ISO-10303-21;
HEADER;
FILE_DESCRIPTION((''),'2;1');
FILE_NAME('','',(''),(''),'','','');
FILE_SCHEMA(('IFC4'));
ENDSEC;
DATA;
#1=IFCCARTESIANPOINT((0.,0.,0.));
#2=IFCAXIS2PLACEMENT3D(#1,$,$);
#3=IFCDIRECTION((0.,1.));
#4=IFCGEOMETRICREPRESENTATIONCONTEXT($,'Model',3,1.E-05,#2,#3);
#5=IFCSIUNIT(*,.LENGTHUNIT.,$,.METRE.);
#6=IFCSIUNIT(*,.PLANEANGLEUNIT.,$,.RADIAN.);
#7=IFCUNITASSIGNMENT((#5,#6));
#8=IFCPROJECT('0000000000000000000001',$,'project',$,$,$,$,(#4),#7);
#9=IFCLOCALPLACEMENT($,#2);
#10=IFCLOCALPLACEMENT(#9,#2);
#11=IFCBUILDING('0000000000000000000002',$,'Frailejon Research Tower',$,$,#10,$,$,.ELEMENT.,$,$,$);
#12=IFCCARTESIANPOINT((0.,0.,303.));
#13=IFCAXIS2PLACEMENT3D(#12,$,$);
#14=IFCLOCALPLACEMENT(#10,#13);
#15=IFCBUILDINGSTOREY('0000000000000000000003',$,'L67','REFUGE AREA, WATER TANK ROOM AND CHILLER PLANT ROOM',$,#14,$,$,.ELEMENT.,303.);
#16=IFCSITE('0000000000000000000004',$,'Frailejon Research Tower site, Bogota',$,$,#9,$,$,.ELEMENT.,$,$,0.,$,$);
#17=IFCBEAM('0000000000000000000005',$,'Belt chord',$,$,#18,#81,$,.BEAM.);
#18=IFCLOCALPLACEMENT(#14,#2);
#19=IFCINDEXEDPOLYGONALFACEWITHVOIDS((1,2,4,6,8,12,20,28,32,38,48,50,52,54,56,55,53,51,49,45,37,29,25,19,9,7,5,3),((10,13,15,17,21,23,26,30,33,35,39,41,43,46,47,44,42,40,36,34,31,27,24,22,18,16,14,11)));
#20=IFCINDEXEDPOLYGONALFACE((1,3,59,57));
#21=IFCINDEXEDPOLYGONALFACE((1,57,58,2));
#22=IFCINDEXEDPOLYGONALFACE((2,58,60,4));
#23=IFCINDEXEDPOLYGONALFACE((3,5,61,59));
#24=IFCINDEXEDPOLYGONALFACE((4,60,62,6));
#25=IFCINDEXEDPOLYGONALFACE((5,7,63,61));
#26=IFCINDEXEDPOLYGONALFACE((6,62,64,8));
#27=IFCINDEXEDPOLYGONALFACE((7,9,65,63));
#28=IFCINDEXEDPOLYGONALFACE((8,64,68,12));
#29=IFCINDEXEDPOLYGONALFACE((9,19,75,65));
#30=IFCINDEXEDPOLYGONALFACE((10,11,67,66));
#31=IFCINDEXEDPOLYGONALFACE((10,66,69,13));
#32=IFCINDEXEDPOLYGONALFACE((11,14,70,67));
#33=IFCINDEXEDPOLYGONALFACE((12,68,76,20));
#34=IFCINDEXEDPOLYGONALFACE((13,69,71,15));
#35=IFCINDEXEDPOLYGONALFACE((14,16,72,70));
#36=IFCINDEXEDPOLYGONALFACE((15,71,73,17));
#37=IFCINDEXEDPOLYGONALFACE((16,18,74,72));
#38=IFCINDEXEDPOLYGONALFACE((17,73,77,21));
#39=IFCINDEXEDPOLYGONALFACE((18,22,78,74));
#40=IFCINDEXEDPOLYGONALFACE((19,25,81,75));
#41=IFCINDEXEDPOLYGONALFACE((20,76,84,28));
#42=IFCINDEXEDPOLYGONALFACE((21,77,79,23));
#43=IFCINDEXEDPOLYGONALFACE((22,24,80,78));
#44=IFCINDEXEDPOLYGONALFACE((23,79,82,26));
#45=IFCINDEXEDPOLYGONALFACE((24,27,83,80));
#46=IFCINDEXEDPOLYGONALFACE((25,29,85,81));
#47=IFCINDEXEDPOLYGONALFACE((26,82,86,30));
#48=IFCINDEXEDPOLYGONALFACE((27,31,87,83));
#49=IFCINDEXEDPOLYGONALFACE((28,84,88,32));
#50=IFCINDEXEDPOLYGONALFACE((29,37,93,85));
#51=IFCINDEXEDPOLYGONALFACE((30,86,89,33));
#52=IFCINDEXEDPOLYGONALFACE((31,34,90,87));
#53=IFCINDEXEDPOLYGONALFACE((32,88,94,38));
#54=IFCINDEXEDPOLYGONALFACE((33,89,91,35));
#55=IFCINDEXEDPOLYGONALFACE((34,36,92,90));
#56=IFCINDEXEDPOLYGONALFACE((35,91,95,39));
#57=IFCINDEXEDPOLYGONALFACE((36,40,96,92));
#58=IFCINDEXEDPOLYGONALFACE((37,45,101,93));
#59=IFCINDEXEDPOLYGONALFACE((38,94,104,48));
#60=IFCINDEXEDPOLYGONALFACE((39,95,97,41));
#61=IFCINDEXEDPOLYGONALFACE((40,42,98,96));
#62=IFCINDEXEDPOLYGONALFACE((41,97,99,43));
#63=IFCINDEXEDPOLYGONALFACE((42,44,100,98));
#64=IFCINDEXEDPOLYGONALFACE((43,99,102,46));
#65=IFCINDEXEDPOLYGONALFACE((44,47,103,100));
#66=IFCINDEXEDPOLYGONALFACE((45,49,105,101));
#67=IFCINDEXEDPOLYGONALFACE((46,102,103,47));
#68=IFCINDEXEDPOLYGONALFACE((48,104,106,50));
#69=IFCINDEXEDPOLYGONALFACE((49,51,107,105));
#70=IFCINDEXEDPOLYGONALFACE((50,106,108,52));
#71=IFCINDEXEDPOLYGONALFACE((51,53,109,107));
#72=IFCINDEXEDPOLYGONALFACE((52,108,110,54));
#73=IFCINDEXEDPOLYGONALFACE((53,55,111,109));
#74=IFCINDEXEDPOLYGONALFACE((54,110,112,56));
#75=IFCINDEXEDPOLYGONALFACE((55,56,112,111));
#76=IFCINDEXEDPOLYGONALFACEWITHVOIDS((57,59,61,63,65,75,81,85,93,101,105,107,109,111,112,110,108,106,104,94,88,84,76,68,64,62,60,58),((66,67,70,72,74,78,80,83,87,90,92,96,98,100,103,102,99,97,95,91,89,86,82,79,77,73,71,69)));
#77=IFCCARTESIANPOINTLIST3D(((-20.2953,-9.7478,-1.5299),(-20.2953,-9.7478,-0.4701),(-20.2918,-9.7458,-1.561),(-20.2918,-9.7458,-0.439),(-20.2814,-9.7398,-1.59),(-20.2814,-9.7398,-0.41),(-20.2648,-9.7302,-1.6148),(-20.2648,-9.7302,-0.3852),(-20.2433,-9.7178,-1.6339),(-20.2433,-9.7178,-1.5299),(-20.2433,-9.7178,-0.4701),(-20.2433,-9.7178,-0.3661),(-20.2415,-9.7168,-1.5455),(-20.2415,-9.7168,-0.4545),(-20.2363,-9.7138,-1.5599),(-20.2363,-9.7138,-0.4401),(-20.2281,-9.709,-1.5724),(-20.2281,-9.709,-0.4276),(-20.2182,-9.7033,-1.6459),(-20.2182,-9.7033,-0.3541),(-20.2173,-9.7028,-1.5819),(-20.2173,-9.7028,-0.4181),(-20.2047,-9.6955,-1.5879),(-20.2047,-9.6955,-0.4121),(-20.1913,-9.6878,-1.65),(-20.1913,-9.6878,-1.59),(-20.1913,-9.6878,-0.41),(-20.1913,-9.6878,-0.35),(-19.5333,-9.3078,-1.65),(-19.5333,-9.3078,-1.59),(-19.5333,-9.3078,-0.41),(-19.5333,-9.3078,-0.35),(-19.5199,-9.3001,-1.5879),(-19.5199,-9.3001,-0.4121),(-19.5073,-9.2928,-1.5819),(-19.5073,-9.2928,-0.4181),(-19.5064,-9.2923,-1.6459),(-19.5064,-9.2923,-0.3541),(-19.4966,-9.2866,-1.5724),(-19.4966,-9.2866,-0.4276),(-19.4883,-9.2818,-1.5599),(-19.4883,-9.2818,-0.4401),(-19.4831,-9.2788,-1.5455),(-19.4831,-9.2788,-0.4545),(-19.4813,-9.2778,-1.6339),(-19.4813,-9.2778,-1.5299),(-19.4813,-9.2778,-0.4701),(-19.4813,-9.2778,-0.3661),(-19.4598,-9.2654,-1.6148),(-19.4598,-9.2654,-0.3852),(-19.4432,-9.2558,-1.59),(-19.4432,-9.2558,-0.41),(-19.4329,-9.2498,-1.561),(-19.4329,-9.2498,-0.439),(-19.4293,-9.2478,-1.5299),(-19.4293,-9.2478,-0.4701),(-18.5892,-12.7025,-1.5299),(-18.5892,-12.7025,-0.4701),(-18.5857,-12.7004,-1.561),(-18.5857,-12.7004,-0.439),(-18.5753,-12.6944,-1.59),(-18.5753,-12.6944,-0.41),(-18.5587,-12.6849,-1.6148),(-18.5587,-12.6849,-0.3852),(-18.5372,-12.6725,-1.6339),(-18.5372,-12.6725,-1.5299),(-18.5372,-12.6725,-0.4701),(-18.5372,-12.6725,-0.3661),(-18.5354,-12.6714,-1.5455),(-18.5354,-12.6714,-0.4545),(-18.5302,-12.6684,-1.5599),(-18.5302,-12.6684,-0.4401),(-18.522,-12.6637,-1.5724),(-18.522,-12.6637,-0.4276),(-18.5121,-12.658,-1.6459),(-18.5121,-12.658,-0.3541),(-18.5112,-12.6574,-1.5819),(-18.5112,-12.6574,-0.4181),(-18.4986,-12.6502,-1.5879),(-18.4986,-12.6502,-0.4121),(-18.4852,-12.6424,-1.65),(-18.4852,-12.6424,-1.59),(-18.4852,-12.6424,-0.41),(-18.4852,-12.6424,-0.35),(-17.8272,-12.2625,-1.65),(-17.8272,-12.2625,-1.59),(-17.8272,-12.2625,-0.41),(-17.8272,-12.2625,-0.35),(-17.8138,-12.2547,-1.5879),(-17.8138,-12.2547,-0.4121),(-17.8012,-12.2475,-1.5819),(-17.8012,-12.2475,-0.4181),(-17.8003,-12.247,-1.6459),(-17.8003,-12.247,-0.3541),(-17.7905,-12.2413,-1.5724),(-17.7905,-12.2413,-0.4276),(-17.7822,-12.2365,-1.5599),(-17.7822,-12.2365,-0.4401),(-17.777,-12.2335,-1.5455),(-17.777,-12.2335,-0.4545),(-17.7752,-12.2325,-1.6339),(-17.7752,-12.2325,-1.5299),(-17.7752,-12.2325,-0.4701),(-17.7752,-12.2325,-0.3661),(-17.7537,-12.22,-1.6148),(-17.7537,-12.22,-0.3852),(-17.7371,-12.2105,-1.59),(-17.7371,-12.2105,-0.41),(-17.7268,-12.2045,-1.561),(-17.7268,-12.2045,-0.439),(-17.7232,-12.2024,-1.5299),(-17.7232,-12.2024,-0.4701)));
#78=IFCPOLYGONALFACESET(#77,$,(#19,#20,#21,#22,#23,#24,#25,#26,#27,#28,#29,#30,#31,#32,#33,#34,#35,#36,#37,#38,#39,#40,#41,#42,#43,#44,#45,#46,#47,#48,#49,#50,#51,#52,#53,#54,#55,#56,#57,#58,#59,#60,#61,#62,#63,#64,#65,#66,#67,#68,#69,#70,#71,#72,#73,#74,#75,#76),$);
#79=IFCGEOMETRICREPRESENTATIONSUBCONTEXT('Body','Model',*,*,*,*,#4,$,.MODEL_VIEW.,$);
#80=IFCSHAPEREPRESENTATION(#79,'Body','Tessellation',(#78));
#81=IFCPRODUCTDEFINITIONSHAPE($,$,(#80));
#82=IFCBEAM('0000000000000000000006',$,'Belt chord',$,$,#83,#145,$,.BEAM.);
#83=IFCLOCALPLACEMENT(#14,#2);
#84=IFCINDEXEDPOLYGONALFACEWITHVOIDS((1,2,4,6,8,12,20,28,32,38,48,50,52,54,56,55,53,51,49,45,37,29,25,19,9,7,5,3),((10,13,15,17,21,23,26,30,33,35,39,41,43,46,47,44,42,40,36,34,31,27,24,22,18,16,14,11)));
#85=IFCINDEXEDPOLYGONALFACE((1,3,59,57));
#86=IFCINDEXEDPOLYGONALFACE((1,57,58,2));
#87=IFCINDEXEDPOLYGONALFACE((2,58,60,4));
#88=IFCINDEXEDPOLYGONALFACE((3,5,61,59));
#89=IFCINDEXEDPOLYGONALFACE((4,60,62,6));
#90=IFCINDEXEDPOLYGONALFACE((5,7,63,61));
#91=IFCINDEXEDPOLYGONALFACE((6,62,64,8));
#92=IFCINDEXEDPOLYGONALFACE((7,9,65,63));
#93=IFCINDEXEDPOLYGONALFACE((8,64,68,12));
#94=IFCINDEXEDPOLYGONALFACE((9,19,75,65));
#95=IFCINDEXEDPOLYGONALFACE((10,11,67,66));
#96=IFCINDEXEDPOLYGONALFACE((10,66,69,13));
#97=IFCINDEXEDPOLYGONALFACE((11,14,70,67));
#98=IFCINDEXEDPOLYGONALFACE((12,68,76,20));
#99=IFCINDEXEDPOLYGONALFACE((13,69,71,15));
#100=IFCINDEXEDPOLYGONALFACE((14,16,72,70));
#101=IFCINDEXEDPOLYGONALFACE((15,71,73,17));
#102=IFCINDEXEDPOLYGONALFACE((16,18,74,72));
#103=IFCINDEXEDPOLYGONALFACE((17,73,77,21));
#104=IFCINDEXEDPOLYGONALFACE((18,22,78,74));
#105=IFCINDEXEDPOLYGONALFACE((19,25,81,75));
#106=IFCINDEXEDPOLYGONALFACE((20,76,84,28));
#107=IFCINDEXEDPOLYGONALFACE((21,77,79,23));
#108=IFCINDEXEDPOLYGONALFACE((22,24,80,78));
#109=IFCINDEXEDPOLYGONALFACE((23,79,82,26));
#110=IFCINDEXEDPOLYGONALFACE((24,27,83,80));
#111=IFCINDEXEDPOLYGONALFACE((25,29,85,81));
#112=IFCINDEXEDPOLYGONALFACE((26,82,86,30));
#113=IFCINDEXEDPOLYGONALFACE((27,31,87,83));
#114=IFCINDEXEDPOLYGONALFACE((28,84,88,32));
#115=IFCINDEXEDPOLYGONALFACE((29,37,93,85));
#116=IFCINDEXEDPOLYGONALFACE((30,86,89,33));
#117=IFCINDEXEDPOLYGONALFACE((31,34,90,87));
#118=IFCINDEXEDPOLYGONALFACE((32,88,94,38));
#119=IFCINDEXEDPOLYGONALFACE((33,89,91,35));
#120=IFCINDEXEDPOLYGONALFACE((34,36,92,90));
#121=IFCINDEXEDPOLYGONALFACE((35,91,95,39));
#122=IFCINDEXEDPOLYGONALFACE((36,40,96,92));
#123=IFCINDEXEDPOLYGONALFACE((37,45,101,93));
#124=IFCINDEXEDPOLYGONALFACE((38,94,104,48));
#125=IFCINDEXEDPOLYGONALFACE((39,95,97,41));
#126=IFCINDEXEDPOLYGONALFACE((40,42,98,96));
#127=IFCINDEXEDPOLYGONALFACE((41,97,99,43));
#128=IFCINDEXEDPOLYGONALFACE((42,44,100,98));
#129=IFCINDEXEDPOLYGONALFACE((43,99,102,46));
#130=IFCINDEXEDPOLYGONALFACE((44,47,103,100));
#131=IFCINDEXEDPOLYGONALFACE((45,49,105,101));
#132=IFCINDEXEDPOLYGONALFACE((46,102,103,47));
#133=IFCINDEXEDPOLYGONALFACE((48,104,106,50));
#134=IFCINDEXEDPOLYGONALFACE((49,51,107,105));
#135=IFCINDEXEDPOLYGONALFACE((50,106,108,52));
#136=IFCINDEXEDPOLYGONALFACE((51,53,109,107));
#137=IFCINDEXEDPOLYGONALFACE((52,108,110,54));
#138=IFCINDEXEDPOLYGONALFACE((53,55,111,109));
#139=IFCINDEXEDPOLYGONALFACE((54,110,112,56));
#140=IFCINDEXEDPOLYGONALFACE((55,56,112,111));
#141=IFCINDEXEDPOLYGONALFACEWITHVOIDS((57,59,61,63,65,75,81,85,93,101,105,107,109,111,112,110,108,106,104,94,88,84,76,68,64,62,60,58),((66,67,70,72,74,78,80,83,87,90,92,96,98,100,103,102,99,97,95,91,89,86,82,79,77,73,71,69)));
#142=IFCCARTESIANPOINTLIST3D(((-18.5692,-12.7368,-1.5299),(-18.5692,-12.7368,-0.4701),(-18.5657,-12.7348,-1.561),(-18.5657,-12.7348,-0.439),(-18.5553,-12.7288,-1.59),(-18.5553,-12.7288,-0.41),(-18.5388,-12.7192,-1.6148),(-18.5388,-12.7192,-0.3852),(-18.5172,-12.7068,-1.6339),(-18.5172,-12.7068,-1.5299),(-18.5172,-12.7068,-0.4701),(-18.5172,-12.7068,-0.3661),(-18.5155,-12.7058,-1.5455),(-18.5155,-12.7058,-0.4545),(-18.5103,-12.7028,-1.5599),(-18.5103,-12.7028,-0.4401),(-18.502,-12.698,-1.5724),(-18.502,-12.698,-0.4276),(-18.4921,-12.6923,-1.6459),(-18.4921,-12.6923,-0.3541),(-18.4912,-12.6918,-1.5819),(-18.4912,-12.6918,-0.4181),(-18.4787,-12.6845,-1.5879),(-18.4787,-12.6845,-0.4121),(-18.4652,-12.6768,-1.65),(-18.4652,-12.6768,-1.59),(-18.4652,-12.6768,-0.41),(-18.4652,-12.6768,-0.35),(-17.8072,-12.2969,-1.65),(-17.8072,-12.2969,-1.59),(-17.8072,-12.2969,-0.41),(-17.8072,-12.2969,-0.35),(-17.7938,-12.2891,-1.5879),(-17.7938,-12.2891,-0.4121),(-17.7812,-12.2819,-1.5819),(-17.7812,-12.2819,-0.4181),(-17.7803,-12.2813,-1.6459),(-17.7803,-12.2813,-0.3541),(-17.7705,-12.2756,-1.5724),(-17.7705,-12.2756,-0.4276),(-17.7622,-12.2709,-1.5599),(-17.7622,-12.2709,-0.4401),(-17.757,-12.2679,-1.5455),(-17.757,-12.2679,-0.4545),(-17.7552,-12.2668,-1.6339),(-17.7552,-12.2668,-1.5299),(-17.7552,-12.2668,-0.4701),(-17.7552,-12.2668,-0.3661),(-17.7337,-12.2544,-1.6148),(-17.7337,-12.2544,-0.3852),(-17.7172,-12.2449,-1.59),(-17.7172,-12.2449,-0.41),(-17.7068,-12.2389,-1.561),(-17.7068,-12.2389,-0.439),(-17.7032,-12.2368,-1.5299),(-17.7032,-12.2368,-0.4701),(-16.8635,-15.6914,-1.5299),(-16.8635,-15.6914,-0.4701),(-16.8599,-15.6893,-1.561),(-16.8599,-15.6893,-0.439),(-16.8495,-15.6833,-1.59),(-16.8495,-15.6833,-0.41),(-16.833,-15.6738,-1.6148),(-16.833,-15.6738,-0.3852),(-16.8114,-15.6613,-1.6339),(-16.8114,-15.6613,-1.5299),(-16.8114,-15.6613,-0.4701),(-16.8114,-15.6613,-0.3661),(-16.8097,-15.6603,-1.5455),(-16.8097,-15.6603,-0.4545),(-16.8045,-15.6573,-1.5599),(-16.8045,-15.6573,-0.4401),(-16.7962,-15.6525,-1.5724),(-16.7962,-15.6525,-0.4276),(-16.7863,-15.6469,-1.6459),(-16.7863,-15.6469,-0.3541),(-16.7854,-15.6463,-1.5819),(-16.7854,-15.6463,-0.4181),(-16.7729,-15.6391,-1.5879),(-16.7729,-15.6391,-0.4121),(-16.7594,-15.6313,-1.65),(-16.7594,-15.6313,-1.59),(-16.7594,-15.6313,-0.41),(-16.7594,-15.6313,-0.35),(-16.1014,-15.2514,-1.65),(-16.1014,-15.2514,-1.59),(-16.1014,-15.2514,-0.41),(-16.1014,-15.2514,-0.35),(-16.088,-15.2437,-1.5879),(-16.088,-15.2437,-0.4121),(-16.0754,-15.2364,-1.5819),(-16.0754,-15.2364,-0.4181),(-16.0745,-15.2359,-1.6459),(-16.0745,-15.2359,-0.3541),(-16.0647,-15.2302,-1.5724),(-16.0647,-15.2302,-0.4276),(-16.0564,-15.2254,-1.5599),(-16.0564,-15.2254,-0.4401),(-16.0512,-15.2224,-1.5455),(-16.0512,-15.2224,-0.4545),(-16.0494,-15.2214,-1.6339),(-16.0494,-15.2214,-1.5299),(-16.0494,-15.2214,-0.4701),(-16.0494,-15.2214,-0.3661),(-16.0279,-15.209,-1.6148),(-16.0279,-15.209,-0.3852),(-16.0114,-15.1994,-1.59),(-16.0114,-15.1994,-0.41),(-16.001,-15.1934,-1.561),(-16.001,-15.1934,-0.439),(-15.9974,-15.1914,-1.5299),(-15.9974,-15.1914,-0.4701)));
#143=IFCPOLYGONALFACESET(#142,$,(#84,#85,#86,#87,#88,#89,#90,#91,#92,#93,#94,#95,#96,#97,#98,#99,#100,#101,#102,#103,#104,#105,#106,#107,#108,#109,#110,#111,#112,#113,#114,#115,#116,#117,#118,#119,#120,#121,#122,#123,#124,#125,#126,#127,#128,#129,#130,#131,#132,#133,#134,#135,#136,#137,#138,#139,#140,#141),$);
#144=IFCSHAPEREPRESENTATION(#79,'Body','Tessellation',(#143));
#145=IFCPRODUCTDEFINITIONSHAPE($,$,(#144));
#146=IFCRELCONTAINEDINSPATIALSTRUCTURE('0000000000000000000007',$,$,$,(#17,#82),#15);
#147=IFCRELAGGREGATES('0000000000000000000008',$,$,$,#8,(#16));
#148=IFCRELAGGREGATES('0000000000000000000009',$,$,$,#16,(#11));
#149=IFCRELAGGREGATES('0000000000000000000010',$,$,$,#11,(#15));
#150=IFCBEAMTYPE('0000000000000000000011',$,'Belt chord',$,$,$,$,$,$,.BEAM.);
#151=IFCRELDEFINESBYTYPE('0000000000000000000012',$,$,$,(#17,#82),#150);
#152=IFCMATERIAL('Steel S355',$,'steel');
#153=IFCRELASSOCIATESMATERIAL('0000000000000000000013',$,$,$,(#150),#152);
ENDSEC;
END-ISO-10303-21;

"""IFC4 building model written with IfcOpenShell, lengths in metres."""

from ifc_helpers import new_model, si_unit, direction, frame, origin, origin_2d, place, context, subcontext, project, spatial, hollow_rectangle, extrude, material, material_profile, profile_set, type_object, element, save


model = new_model("IFC4")

# Units and contexts
model_context = context("Model", 3, precision=1e-05, world=origin(), true_north=direction((0.0, 1.0)))
body_context = subcontext(model_context, "Body", "Model", "MODEL_VIEW")
ifc_project = project(units=[si_unit("LENGTHUNIT", "METRE"), si_unit("PLANEANGLEUNIT", "RADIAN")], contexts=[model_context])

# Site, building, storey
site_placement = place(None, origin())
site = spatial("IfcSite", under=ifc_project, at=site_placement, Name="Frailejon Research Tower site, Bogota", CompositionType="ELEMENT", RefElevation=0.0)
building_placement = place(site_placement, origin())
building = spatial("IfcBuilding", under=site, at=building_placement, Name="Frailejon Research Tower", CompositionType="ELEMENT")
storey_placement = place(building_placement, frame((0.0, 0.0, 303.0)))
storey = spatial("IfcBuildingStorey", under=building, at=storey_placement, Name="L67", Description="REFUGE AREA, WATER TANK ROOM AND CHILLER PLANT ROOM", CompositionType="ELEMENT", Elevation=303.0)

# Beams
ifc_material_1 = material(Name="Steel S355", Category="steel")
ifc_material_profile_1 = material_profile(ifc_material_1, hollow_rectangle(XDim=1.0, YDim=1.3, WallThickness=0.0601, InnerFilletRadius=0.0601, OuterFilletRadius=0.1201, at=origin_2d()), Name="Belt chord")
ifc_profile_set_1 = profile_set([ifc_material_profile_1], Name="Steel S355")
beam_type_1 = type_object("IfcBeamType", Name="Belt chord", PredefinedType="BEAM", material=ifc_profile_set_1)
beam_1_placement = place(storey_placement, frame((-19.8623, -9.4978, -1.0), z_axis=(0.500049, -0.865997, 0.0), x_axis=(0.865997, 0.500049, 0.0)))
element("IfcBeam", 1, at=beam_1_placement, inside=storey, type_object=beam_type_1, Name="Belt chord", PredefinedType="BEAM", context=body_context, shape_type="SweptSolid", body=[
    extrude(hollow_rectangle(XDim=1.0, YDim=1.3, WallThickness=0.0601, InnerFilletRadius=0.0601, OuterFilletRadius=0.1201, at=origin_2d()), origin(), (0.0, 0.0, 1.0), 3.4119),
])
for number, where, z_axis, x_axis, name in (
    (2, (-18.1362, -12.4868, -1.0), (0.499995, -0.866028, 0.0), (0.866028, 0.499995, 0.0), "Belt chord"),
):
    element("IfcBeam", number, at=place(storey_placement, frame(where, z_axis=z_axis, x_axis=x_axis)), inside=storey, type_object=beam_type_1, Name=name, PredefinedType="BEAM", context=body_context, shape_type="SweptSolid", body=[
        extrude(hollow_rectangle(XDim=1.0, YDim=1.3, WallThickness=0.0601, InnerFilletRadius=0.0601, OuterFilletRadius=0.1201, at=origin_2d()), origin(), (0.0, 0.0, 1.0), 3.4116),
    ])

save(model, "model.ifc")
